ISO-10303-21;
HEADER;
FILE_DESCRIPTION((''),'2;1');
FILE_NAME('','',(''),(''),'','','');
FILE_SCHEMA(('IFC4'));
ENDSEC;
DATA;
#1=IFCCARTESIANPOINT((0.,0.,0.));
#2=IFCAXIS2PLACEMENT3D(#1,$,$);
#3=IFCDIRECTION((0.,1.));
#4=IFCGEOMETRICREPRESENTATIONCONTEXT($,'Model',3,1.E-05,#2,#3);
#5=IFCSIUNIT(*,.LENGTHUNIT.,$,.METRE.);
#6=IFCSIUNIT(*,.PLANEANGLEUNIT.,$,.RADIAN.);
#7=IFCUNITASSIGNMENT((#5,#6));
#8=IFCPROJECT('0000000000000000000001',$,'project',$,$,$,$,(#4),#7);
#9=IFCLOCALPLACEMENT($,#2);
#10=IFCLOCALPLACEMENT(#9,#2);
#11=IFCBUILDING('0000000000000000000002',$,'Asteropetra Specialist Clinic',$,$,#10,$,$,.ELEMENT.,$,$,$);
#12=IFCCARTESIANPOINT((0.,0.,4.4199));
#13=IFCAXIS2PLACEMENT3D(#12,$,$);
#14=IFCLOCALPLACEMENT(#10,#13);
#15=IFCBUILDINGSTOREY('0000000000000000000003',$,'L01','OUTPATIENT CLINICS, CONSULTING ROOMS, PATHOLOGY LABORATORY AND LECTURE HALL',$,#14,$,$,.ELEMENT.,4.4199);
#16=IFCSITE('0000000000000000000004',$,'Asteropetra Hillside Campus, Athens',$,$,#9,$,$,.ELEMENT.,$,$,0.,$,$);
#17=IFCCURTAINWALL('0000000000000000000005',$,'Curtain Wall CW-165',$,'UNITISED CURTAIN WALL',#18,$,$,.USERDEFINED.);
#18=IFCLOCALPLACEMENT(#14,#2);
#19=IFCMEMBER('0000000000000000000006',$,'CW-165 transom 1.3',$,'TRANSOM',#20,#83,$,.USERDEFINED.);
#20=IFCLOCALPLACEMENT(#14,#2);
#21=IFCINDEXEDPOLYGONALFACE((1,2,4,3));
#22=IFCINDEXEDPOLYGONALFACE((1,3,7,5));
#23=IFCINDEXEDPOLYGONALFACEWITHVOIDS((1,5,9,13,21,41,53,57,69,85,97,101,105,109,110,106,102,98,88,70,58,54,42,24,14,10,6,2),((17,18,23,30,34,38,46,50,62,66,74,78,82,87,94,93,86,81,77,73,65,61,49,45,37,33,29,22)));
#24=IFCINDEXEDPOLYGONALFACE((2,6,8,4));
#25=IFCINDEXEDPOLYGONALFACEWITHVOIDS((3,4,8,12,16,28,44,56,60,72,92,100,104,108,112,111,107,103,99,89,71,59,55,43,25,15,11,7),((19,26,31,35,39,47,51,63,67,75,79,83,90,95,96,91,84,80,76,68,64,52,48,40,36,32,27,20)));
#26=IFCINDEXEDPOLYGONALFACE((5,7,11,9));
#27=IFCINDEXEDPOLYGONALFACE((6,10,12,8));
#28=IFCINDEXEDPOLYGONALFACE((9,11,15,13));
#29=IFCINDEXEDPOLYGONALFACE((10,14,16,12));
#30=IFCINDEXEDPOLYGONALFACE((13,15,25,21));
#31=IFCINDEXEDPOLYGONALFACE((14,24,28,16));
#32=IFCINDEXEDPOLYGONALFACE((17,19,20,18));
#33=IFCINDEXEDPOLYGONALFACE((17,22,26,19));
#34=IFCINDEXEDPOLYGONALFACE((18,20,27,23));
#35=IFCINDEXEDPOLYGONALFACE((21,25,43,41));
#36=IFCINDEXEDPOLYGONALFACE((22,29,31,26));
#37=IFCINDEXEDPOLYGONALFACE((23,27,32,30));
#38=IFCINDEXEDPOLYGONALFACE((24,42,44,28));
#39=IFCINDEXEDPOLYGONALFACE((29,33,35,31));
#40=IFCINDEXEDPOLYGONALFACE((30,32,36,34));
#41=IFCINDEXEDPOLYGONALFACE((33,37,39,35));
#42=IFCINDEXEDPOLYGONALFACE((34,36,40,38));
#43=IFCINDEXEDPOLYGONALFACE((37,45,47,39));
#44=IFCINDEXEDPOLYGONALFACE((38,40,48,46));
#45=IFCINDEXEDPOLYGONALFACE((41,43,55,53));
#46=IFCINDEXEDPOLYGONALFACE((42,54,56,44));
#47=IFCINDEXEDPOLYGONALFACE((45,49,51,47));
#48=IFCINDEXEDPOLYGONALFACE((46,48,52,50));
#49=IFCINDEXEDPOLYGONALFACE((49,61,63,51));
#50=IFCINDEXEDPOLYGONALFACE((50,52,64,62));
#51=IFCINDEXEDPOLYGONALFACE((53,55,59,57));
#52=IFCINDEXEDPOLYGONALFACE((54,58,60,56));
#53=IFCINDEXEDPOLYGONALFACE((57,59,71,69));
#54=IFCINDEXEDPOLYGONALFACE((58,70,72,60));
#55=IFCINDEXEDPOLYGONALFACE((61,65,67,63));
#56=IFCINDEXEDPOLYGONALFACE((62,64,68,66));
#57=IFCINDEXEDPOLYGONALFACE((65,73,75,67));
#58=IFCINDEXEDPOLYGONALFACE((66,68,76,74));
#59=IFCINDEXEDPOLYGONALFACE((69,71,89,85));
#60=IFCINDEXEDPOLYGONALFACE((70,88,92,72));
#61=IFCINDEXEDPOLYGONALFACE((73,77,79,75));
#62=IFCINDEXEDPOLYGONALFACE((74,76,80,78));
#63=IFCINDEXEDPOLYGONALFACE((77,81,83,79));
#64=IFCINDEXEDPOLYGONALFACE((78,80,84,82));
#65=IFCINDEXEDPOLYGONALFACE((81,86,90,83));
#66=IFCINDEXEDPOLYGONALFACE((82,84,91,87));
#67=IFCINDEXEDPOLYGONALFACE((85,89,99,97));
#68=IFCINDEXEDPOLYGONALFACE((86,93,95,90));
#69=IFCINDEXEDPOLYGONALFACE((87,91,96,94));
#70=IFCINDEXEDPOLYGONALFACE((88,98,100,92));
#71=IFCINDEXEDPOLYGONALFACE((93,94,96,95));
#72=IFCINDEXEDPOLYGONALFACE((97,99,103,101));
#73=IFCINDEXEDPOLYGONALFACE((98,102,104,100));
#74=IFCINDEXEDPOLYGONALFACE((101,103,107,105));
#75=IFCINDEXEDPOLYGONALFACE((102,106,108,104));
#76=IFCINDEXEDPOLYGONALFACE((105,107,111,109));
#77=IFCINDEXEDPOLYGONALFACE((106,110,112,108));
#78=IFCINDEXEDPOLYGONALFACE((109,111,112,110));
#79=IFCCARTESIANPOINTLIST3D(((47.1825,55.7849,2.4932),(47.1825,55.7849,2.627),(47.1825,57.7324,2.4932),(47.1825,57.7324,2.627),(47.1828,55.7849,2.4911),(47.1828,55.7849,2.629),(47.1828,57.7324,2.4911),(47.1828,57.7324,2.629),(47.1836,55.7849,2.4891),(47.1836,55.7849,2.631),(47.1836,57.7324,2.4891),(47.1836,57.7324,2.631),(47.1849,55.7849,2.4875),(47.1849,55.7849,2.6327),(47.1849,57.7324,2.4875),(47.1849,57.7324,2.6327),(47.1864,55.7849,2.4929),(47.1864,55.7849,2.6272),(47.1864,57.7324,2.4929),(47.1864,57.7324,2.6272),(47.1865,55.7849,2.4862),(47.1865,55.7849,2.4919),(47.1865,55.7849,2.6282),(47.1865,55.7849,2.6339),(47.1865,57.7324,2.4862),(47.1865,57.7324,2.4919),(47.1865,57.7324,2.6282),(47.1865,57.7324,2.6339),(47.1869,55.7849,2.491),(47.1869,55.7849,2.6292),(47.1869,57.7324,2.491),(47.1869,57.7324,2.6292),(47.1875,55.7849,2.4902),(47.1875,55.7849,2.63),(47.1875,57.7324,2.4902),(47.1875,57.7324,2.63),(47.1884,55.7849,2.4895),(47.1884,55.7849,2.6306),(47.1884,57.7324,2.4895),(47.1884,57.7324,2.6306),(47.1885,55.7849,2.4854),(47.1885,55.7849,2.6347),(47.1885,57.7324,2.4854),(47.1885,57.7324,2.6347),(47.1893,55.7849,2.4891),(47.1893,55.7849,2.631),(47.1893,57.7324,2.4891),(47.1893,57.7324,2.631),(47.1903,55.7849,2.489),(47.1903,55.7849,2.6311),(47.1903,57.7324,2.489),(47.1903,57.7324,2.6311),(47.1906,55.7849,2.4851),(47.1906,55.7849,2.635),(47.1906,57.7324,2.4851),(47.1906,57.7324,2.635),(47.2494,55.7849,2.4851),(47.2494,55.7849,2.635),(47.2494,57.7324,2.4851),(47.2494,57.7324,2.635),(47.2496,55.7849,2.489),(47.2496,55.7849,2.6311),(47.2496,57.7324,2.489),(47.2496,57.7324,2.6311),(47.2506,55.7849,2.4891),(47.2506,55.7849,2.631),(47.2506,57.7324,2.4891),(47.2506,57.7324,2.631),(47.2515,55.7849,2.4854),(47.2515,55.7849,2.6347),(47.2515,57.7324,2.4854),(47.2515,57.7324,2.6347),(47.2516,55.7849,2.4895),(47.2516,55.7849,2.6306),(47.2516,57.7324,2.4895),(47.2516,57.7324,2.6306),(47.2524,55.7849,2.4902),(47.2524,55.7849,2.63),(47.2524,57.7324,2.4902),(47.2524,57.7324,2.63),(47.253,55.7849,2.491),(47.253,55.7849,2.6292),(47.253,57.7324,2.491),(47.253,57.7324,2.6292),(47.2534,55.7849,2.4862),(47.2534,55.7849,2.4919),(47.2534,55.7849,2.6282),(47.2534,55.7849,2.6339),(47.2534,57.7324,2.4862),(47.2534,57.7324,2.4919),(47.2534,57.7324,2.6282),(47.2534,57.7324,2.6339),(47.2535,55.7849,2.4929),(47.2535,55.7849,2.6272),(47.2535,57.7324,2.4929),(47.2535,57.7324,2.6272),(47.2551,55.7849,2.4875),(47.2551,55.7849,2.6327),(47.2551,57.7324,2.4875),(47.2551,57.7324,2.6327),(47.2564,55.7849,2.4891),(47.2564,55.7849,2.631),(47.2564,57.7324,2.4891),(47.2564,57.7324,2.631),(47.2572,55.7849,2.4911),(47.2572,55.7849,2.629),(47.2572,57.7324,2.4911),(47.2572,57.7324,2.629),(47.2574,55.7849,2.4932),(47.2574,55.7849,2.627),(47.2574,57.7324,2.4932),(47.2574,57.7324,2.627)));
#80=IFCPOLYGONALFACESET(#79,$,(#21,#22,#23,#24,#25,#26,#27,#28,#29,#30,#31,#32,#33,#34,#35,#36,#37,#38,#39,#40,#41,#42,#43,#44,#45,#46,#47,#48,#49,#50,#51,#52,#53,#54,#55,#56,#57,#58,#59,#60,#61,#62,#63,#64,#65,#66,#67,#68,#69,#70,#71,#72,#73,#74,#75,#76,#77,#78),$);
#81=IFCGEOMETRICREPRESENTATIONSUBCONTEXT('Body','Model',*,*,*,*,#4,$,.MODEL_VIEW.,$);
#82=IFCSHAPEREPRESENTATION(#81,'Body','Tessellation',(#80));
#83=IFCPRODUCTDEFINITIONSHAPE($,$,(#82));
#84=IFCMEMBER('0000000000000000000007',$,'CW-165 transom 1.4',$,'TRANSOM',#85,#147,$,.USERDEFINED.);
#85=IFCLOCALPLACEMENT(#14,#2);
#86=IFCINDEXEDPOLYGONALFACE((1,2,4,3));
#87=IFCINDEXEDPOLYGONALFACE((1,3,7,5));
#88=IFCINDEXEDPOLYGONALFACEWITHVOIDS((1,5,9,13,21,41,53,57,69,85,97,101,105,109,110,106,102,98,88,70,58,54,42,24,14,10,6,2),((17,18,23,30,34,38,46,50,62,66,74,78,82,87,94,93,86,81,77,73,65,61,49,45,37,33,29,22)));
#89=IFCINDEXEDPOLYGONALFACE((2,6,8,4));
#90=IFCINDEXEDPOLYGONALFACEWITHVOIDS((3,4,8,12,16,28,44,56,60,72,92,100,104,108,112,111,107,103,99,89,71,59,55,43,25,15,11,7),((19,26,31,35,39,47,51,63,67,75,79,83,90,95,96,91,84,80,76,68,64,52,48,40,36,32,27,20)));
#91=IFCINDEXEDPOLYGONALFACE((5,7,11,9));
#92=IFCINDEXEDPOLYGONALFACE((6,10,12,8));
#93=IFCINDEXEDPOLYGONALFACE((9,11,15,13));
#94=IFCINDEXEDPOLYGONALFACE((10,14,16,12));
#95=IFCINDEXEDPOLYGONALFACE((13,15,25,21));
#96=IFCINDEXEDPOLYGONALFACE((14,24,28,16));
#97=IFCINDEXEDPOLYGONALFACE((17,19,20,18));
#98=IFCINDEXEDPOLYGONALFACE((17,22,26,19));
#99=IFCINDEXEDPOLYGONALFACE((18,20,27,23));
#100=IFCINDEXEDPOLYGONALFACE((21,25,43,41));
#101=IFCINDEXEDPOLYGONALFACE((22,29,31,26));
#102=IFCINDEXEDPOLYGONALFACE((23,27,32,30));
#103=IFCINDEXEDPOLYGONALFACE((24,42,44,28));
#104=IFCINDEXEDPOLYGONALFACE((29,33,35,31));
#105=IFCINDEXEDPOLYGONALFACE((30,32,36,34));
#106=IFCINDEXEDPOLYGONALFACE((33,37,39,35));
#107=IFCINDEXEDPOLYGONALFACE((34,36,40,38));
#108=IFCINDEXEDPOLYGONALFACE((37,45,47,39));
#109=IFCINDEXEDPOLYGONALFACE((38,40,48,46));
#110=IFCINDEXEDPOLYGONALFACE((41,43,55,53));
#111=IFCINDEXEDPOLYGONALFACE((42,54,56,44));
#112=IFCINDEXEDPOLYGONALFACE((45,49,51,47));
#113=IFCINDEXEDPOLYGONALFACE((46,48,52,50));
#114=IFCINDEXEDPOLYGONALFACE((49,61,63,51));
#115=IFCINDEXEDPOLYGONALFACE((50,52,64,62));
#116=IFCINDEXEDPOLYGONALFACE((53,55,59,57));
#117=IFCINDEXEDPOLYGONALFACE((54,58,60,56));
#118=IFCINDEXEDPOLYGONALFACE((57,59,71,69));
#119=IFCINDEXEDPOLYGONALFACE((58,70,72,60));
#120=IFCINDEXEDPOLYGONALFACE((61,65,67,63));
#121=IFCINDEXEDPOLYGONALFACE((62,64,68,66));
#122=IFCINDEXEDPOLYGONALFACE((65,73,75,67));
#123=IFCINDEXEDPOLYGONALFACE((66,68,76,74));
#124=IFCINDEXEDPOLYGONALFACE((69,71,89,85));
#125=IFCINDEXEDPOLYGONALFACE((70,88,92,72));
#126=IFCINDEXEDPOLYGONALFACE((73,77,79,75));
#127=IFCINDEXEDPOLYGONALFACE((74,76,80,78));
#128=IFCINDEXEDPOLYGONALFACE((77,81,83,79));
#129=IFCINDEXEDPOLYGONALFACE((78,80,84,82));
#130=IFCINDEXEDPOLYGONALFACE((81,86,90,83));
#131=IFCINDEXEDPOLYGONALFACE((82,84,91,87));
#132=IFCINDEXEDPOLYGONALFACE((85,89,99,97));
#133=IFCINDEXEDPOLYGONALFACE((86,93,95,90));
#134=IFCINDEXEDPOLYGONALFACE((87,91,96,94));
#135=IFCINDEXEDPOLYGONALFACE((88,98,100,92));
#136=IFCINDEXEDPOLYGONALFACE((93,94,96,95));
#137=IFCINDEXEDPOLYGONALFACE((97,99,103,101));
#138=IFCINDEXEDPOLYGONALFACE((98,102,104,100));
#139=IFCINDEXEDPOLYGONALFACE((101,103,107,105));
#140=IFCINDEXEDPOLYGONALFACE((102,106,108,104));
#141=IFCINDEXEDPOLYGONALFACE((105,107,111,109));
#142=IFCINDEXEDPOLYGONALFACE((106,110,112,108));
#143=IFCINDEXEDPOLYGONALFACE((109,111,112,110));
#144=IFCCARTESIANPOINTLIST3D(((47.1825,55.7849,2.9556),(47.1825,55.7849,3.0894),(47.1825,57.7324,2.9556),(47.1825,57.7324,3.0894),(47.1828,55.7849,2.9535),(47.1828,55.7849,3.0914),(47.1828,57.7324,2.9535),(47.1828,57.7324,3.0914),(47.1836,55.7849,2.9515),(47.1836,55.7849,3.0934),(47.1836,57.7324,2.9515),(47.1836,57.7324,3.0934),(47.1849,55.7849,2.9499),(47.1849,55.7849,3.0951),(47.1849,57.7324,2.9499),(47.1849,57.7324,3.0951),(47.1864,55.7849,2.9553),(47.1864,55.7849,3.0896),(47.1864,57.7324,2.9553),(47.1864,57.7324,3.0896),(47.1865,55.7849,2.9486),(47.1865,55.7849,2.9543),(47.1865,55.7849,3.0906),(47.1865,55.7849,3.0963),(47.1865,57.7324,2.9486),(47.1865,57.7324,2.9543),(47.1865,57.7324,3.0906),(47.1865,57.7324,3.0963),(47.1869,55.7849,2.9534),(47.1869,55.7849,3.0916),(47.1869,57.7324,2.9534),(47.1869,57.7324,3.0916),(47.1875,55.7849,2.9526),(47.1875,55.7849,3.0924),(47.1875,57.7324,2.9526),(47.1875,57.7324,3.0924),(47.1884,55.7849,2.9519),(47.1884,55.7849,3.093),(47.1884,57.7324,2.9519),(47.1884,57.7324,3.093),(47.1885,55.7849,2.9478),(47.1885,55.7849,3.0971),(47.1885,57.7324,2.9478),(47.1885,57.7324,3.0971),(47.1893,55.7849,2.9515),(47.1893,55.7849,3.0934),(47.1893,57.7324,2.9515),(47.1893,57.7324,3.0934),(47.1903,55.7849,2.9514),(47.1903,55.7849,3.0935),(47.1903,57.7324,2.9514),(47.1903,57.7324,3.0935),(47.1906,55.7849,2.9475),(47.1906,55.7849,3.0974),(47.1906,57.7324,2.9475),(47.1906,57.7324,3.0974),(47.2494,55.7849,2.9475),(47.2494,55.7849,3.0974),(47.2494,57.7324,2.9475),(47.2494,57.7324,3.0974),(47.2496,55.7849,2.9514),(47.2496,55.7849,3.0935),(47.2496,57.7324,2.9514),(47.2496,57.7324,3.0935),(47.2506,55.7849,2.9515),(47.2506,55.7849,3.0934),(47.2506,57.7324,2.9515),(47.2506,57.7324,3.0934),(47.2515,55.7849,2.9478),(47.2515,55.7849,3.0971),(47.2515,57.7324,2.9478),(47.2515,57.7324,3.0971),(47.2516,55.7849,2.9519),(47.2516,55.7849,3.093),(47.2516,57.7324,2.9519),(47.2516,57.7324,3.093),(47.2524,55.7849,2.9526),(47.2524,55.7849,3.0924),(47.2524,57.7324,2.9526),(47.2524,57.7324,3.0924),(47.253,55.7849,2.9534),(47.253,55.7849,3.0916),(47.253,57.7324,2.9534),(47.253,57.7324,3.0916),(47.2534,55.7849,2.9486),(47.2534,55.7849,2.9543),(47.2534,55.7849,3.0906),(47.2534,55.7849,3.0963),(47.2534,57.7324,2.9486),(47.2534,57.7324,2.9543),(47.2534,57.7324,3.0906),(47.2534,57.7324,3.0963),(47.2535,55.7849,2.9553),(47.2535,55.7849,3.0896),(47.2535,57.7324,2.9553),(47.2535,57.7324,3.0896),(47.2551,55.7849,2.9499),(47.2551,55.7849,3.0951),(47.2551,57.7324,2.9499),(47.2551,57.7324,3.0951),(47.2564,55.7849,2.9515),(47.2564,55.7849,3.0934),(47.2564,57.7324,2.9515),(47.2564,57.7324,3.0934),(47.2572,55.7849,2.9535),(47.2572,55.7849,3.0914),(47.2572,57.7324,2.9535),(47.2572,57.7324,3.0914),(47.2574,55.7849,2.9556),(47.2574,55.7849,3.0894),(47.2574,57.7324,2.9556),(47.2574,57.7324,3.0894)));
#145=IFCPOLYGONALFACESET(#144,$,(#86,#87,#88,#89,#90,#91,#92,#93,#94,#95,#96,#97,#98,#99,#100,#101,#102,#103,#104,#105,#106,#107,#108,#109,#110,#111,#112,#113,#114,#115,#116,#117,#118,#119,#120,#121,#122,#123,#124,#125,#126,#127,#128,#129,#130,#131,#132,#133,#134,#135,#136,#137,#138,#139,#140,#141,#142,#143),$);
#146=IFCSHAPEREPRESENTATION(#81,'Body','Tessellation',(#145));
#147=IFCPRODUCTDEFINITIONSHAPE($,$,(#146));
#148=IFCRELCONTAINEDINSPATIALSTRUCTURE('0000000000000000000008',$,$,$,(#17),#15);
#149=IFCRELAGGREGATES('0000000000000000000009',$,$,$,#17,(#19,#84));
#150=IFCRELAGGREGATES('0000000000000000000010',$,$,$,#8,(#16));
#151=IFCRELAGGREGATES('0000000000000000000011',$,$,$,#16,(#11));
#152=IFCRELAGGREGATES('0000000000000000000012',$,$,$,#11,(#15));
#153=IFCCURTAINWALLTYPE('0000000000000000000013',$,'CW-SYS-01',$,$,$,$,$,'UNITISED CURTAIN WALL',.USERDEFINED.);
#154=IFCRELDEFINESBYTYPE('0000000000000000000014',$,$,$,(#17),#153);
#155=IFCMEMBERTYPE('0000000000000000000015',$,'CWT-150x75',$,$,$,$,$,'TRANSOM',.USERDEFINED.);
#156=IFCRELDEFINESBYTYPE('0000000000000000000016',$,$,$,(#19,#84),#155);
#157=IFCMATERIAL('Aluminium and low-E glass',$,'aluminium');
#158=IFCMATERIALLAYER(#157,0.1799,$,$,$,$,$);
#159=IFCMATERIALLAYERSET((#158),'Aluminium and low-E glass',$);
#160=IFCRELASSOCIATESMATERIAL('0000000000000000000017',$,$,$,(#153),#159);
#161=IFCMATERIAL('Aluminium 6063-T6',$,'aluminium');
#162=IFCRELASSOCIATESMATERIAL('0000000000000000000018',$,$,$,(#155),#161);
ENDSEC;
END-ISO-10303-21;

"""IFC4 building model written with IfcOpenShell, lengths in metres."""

from ifc_helpers import new_model, si_unit, direction, frame, origin, origin_2d, place, context, subcontext, project, spatial, hollow_rectangle, extrude, material, layer, layer_set, material_profile, profile_set, type_object, element, aggregate, save


model = new_model("IFC4")

# Units and contexts
model_context = context("Model", 3, precision=1e-05, world=origin(), true_north=direction((0.0, 1.0)))
body_context = subcontext(model_context, "Body", "Model", "MODEL_VIEW")
ifc_project = project(units=[si_unit("LENGTHUNIT", "METRE"), si_unit("PLANEANGLEUNIT", "RADIAN")], contexts=[model_context])

# Site, building, storey
site_placement = place(None, origin())
site = spatial("IfcSite", under=ifc_project, at=site_placement, Name="Asteropetra Hillside Campus, Athens", CompositionType="ELEMENT", RefElevation=0.0)
building_placement = place(site_placement, origin())
building = spatial("IfcBuilding", under=site, at=building_placement, Name="Asteropetra Specialist Clinic", CompositionType="ELEMENT")
storey_placement = place(building_placement, frame((0.0, 0.0, 4.4199)))
storey = spatial("IfcBuildingStorey", under=building, at=storey_placement, Name="L01", Description="OUTPATIENT CLINICS, CONSULTING ROOMS, PATHOLOGY LABORATORY AND LECTURE HALL", CompositionType="ELEMENT", Elevation=4.4199)

# Curtain wall
ifc_material_1 = material(Name="Aluminium and low-E glass", Category="aluminium")
ifc_layer_1 = layer(ifc_material_1, 0.1799)
ifc_layer_set_1 = layer_set([ifc_layer_1], Name="Aluminium and low-E glass")
curtain_wall_type_1 = type_object("IfcCurtainWallType", Name="CW-SYS-01", ElementType="UNITISED CURTAIN WALL", PredefinedType="USERDEFINED", material=ifc_layer_set_1)
curtain_wall_1_placement = place(storey_placement, origin())
curtain_wall_1 = element("IfcCurtainWall", 1, at=curtain_wall_1_placement, inside=storey, type_object=curtain_wall_type_1, Name="Curtain Wall CW-165", ObjectType="UNITISED CURTAIN WALL", PredefinedType="USERDEFINED")

# Members
ifc_material_2 = material(Name="Aluminium 6063-T6", Category="aluminium")
ifc_material_profile_1 = material_profile(ifc_material_2, hollow_rectangle(XDim=0.075, YDim=0.1499, WallThickness=0.0039, InnerFilletRadius=0.0039, OuterFilletRadius=0.0081, at=origin_2d()), Name="TRN 150x75x4.0")
ifc_profile_set_1 = profile_set([ifc_material_profile_1], Name="Aluminium 6063-T6")
member_type_1 = type_object("IfcMemberType", Name="CWT-150x75", ElementType="TRANSOM", PredefinedType="USERDEFINED", material=ifc_profile_set_1)
member_1_placement = place(storey_placement, frame((47.22, 55.7849, 2.5601), z_axis=(0.0, 1.0, 0.0), x_axis=(-1.0, 0.0, 0.0)))
member_1 = element("IfcMember", 2, at=member_1_placement, type_object=member_type_1, Name="CW-165 transom 1.3", ObjectType="TRANSOM", PredefinedType="USERDEFINED", context=body_context, shape_type="SweptSolid", body=[
    extrude(hollow_rectangle(XDim=0.075, YDim=0.1499, WallThickness=0.0039, InnerFilletRadius=0.0039, OuterFilletRadius=0.0081, at=origin_2d()), origin(), (0.0, 0.0, 1.0), 1.9475),
])
member_2_placement = place(storey_placement, frame((47.22, 55.7849, 3.0225), z_axis=(0.0, 1.0, 0.0), x_axis=(-1.0, 0.0, 0.0)))
member_2 = element("IfcMember", 3, at=member_2_placement, type_object=member_type_1, Name="CW-165 transom 1.4", ObjectType="TRANSOM", PredefinedType="USERDEFINED", context=body_context, shape_type="SweptSolid", body=[
    extrude(hollow_rectangle(XDim=0.075, YDim=0.1499, WallThickness=0.0039, InnerFilletRadius=0.0039, OuterFilletRadius=0.0081, at=origin_2d()), origin(), (0.0, 0.0, 1.0), 1.9475),
])

aggregate(curtain_wall_1, [member_1, member_2])

save(model, "model.ifc")
